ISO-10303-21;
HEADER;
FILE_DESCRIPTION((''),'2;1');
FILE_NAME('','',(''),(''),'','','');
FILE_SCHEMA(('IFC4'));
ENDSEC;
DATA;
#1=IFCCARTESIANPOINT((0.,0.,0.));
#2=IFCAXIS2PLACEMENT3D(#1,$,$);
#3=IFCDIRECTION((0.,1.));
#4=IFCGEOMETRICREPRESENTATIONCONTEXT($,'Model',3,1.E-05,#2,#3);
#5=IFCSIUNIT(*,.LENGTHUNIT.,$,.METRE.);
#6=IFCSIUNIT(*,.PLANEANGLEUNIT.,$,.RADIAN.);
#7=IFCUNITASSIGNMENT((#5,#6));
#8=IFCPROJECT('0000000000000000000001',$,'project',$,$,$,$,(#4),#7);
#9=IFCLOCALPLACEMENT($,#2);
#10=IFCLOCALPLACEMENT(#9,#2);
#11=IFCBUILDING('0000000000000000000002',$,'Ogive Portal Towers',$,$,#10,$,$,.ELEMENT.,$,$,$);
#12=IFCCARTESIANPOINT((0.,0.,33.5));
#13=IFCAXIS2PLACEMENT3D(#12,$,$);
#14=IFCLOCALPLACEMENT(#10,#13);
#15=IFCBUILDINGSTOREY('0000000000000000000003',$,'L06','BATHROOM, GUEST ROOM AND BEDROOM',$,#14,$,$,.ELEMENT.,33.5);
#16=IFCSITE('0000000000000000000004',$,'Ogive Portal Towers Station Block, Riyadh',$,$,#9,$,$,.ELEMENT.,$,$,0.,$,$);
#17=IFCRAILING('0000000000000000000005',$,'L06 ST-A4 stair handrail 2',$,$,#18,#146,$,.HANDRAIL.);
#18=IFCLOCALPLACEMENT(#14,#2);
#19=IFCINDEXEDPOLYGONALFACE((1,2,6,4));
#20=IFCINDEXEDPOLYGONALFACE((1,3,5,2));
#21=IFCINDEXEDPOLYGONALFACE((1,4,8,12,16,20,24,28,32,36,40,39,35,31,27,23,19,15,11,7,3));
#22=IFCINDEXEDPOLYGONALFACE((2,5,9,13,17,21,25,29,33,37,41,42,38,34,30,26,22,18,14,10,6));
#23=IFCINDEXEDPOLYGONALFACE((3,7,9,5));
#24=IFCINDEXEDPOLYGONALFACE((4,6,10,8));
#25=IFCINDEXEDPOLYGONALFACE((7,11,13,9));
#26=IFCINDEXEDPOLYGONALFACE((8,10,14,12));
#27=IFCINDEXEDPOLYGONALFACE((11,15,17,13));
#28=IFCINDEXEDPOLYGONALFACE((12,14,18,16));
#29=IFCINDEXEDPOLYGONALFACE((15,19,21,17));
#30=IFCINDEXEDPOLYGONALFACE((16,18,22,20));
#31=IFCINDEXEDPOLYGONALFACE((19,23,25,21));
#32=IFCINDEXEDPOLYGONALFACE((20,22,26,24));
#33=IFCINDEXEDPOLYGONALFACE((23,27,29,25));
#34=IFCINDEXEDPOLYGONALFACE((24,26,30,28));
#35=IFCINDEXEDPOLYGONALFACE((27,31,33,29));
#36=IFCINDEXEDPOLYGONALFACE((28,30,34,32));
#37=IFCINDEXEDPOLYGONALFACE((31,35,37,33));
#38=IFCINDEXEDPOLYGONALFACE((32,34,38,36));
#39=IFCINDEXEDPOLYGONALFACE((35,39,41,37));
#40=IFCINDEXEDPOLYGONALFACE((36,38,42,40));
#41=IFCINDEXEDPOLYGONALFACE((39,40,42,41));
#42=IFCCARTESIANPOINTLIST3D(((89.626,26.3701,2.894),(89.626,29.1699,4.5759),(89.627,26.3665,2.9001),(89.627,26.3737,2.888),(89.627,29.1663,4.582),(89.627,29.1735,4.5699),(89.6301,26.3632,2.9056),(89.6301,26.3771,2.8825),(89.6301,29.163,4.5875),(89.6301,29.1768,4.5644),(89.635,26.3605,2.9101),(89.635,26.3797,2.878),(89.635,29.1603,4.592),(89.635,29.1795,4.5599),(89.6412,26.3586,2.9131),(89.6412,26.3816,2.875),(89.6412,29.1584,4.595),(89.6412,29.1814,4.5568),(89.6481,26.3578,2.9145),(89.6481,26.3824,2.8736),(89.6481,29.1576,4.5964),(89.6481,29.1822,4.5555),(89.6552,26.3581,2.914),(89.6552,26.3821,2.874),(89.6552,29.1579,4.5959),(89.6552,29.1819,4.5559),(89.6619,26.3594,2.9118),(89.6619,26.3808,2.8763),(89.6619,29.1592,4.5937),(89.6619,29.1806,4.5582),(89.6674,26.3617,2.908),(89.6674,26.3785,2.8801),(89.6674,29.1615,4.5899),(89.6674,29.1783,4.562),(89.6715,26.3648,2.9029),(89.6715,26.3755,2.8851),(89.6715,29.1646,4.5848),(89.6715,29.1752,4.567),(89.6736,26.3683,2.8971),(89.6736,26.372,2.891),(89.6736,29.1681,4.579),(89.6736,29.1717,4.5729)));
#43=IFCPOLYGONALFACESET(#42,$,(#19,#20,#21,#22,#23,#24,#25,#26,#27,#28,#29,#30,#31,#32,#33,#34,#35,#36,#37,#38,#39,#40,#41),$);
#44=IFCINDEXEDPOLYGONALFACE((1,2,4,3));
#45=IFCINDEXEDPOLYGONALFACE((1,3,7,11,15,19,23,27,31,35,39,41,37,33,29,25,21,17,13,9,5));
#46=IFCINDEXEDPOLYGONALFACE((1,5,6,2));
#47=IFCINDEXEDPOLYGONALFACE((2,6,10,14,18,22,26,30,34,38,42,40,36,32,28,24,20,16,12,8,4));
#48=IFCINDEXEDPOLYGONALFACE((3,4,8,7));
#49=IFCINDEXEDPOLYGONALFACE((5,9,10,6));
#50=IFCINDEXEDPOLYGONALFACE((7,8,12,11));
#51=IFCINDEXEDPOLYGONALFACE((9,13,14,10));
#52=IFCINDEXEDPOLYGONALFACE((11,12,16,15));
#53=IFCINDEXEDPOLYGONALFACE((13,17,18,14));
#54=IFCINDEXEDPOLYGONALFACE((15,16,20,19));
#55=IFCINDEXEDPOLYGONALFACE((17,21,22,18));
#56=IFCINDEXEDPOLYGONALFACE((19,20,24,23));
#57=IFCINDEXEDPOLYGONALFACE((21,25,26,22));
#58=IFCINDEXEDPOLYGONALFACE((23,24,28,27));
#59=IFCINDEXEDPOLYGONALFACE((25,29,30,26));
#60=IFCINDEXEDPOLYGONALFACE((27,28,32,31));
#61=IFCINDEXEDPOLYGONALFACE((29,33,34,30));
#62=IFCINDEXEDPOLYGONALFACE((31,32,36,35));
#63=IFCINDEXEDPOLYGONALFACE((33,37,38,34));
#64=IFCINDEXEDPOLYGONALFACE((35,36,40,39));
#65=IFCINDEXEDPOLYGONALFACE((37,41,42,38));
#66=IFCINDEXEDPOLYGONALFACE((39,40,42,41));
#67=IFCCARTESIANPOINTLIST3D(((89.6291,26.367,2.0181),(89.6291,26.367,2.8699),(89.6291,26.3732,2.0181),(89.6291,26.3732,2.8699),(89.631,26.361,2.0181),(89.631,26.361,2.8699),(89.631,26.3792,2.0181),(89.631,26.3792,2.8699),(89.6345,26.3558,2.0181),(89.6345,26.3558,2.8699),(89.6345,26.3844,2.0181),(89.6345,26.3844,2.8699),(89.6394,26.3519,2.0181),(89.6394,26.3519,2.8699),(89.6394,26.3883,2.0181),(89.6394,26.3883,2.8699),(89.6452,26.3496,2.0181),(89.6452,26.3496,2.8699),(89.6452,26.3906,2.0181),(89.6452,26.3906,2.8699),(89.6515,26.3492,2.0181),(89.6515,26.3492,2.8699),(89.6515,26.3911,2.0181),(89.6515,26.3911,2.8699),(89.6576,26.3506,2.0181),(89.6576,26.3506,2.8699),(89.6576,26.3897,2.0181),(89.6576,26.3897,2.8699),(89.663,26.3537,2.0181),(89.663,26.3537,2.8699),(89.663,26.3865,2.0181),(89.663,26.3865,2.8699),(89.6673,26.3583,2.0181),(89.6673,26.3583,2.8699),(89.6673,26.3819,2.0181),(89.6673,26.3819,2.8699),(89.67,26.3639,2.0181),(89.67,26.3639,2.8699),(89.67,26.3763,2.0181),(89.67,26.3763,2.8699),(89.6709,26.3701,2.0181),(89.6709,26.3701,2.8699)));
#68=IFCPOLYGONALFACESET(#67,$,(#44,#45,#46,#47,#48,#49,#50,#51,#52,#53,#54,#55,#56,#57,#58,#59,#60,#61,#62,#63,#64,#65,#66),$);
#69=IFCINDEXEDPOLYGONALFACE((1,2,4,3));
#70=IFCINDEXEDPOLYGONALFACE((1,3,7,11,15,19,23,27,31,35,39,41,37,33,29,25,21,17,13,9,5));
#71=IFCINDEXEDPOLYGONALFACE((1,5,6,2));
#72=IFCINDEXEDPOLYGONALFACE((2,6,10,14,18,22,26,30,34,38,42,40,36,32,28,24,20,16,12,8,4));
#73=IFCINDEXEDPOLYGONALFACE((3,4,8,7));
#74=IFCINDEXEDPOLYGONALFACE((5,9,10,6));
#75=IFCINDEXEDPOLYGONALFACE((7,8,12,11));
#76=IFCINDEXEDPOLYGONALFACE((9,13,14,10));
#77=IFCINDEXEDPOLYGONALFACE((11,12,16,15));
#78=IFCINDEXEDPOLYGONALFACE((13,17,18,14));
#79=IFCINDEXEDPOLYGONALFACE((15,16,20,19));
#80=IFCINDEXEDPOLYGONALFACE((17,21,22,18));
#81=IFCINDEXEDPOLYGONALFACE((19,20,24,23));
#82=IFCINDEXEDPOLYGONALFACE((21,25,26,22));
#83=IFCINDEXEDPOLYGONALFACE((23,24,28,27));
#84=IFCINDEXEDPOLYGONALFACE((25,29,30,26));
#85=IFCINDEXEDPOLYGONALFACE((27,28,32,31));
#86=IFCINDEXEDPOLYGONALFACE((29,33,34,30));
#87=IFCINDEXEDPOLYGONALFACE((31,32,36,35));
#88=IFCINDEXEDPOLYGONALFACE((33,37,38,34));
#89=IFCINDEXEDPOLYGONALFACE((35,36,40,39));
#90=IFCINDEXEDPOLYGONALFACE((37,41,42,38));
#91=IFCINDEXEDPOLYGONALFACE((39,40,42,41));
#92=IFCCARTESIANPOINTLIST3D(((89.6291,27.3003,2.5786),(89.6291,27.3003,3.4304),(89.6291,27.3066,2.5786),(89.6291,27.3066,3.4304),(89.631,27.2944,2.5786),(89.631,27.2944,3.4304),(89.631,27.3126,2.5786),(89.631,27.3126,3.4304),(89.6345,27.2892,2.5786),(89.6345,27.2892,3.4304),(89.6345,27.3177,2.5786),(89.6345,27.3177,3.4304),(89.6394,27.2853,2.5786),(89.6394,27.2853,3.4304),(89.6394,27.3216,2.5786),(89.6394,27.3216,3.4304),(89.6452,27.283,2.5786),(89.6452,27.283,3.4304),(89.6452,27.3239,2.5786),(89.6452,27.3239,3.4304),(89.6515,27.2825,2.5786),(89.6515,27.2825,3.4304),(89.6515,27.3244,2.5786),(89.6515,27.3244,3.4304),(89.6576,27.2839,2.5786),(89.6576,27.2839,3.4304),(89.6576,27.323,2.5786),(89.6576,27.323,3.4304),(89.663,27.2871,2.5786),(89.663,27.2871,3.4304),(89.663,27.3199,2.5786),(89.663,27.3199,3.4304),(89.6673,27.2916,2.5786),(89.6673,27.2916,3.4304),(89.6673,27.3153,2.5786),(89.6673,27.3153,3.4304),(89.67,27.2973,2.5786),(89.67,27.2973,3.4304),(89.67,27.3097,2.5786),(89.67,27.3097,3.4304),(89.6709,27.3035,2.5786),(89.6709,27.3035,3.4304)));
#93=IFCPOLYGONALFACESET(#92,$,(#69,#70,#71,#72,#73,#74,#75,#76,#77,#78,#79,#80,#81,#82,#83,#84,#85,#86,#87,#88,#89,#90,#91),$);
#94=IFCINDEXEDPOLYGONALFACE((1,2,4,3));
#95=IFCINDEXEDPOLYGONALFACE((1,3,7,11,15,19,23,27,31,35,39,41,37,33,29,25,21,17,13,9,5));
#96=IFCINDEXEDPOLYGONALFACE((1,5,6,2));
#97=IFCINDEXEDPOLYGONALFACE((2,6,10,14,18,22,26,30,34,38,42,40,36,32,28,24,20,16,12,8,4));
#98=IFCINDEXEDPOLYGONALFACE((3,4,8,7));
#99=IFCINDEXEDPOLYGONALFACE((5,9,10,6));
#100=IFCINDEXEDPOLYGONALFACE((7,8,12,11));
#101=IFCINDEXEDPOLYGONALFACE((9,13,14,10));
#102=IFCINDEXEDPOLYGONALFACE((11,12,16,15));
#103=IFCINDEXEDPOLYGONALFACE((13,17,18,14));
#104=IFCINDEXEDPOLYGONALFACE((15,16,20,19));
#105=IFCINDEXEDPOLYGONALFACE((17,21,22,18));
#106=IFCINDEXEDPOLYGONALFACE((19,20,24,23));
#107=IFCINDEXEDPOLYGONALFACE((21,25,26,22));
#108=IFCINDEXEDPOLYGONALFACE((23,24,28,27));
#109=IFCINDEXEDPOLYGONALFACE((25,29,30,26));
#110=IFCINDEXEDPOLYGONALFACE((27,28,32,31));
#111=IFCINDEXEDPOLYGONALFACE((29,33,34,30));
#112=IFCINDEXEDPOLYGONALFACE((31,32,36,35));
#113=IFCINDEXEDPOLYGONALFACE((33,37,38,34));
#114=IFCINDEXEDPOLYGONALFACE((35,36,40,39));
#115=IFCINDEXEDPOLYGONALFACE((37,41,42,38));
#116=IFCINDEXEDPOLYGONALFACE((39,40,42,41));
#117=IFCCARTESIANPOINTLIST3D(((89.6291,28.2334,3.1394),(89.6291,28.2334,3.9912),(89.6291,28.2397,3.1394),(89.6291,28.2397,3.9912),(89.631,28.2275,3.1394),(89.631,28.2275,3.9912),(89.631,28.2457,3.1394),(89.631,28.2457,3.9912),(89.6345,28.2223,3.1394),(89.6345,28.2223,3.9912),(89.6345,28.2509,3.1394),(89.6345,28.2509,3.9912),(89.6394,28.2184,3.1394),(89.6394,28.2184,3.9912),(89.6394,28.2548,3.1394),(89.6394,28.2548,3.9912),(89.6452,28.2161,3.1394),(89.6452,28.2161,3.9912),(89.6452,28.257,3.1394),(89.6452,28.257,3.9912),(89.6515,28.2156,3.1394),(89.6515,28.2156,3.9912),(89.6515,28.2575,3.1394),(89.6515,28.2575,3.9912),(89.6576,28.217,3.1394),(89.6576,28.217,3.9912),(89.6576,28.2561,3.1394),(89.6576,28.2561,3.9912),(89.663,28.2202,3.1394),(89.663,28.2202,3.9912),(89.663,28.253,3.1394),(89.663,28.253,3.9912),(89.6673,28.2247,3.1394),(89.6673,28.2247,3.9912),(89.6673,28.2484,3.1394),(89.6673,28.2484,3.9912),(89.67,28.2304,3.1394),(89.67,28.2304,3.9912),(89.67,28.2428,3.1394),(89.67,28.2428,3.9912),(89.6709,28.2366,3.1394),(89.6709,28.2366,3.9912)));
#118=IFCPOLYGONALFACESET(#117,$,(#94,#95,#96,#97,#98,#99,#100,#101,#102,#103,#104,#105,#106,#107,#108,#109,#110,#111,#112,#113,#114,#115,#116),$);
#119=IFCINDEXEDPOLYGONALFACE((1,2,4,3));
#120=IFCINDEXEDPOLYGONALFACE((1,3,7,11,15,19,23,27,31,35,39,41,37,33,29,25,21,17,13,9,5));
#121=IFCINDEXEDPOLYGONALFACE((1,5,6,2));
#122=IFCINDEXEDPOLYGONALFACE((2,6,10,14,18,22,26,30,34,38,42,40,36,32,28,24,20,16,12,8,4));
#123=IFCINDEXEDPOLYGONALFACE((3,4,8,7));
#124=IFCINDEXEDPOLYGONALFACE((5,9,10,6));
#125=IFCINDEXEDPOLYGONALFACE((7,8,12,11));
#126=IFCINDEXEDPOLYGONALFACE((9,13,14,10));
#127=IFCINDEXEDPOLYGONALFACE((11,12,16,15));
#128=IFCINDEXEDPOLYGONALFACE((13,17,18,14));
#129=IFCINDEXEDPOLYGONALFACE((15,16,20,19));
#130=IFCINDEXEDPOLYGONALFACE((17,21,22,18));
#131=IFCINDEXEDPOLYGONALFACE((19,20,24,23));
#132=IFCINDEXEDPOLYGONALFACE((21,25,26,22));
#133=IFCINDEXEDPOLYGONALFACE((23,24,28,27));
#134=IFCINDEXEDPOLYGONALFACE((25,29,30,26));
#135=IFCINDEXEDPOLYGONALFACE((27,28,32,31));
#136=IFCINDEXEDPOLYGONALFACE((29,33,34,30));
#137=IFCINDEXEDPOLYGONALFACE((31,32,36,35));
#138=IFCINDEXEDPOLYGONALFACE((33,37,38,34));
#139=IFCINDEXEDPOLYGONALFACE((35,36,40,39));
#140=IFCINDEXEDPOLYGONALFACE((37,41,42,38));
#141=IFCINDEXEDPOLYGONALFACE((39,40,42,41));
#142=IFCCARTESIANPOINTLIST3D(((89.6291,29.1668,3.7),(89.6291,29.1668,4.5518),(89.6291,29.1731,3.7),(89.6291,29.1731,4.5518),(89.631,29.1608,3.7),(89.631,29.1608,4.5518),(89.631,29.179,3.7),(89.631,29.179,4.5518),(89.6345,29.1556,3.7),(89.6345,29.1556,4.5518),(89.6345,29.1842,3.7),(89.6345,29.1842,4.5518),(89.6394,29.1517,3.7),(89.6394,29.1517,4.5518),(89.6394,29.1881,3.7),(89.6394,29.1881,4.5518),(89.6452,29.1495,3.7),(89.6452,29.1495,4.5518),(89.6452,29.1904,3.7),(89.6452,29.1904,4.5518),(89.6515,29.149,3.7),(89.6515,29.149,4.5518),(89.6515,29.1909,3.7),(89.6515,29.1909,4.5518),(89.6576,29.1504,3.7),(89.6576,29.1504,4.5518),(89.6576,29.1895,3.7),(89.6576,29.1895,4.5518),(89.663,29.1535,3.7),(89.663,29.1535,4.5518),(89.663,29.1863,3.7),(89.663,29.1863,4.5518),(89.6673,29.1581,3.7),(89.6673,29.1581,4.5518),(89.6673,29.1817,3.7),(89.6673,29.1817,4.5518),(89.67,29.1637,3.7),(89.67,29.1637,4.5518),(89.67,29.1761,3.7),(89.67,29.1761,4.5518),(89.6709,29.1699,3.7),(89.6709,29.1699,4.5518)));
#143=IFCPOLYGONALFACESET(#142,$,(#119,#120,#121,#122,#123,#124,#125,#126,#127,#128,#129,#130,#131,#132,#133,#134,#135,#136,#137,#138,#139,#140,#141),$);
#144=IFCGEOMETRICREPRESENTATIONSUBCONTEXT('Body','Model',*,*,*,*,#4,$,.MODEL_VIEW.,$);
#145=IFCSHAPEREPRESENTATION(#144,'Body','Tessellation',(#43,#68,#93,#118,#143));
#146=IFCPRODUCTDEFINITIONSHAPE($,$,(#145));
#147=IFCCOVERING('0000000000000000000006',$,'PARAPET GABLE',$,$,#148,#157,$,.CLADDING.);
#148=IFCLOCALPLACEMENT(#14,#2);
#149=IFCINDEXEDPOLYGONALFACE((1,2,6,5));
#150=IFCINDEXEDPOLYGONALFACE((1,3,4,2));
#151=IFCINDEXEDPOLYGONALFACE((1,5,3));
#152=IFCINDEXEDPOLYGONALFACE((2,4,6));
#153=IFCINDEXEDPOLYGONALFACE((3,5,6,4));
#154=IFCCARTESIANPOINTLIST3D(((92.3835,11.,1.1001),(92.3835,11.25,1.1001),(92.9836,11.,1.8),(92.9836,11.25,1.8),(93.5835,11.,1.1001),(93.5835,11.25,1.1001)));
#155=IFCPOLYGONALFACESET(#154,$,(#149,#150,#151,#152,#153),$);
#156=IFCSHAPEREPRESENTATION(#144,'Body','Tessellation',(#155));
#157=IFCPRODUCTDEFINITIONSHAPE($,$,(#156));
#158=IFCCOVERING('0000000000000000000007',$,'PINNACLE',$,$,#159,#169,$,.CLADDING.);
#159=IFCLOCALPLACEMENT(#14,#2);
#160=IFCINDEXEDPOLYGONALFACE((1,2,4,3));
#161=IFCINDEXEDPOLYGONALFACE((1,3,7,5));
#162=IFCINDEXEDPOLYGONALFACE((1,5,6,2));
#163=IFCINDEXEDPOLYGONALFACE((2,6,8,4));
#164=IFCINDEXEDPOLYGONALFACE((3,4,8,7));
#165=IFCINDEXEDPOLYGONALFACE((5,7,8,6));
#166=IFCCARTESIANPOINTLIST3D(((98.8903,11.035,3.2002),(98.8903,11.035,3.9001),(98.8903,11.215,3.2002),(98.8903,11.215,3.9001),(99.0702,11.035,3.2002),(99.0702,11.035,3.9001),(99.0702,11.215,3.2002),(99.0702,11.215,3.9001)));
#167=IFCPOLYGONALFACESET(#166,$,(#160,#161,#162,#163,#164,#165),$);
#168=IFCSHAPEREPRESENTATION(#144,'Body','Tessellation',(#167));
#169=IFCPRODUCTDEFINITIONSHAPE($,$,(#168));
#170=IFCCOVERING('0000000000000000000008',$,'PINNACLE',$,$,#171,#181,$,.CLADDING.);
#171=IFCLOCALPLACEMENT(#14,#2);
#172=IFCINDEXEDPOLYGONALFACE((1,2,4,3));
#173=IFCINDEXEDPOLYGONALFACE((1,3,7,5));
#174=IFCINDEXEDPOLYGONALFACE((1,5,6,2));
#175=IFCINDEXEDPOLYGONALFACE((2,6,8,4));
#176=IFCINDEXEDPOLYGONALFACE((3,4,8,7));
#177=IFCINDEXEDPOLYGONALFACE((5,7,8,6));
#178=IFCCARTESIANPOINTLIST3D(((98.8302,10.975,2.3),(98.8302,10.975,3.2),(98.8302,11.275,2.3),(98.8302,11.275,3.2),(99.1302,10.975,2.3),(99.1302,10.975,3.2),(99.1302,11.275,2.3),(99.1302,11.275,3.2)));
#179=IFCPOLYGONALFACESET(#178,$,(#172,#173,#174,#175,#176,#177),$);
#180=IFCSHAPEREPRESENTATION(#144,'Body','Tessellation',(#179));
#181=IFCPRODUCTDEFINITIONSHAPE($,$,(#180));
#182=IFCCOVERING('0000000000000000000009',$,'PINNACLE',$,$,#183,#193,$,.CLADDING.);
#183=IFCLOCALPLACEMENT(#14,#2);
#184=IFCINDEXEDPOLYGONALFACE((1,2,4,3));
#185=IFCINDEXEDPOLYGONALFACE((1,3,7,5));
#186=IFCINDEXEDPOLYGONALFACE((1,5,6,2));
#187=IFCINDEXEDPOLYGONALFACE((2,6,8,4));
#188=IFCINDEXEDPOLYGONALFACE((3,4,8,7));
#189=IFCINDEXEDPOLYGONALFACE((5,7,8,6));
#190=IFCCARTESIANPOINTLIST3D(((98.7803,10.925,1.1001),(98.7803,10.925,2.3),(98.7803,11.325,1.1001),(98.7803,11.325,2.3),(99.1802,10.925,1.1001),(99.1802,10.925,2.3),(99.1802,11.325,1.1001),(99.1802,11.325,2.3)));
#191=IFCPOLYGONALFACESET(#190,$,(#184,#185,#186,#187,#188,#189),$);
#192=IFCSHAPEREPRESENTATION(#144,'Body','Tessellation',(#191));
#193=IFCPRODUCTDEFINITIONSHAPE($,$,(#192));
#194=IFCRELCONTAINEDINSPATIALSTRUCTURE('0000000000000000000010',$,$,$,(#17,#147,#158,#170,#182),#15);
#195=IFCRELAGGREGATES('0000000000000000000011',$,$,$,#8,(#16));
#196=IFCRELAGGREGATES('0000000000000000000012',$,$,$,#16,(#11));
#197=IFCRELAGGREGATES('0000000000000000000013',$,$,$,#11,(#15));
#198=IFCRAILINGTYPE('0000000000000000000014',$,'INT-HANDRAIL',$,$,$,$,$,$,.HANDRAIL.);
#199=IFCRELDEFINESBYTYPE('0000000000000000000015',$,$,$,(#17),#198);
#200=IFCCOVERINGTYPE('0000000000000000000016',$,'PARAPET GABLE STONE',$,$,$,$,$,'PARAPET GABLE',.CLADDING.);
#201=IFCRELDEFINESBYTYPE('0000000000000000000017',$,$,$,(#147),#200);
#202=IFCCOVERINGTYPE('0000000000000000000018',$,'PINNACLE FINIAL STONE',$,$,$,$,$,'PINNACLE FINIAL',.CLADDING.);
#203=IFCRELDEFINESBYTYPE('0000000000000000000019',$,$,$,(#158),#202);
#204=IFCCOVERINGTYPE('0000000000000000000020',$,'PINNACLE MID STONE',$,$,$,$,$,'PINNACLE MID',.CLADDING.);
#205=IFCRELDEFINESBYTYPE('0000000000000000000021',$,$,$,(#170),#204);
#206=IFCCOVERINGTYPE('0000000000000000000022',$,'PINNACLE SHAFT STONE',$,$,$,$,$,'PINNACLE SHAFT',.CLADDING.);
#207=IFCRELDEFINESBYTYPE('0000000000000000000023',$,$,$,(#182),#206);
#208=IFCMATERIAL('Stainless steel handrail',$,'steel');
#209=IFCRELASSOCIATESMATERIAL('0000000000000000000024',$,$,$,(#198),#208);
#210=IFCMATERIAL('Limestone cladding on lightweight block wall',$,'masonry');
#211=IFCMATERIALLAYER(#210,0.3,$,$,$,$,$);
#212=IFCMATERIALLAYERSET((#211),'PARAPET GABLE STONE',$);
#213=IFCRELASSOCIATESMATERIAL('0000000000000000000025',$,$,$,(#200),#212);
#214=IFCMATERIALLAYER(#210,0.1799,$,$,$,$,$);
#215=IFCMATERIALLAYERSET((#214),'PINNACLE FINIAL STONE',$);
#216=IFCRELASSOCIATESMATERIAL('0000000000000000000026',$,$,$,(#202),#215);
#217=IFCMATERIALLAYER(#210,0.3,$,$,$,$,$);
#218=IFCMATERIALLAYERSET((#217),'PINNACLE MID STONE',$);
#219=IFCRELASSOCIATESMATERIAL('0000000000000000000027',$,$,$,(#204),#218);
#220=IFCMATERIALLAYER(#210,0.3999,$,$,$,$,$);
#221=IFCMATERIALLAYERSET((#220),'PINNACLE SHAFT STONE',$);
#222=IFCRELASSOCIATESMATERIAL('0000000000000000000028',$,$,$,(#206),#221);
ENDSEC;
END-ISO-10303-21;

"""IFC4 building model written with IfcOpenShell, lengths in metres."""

from ifc_helpers import new_model, si_unit, direction, frame, origin, origin_2d, place, context, subcontext, project, spatial, polyline, rectangle, circle, outline, extrude, material, layer, layer_set, type_object, element, save


model = new_model("IFC4")

# Units and contexts
model_context = context("Model", 3, precision=1e-05, world=origin(), true_north=direction((0.0, 1.0)))
body_context = subcontext(model_context, "Body", "Model", "MODEL_VIEW")
ifc_project = project(units=[si_unit("LENGTHUNIT", "METRE"), si_unit("PLANEANGLEUNIT", "RADIAN")], contexts=[model_context])

# Site, building, storey
site_placement = place(None, origin())
site = spatial("IfcSite", under=ifc_project, at=site_placement, Name="Ogive Portal Towers Station Block, Riyadh", CompositionType="ELEMENT", RefElevation=0.0)
building_placement = place(site_placement, origin())
building = spatial("IfcBuilding", under=site, at=building_placement, Name="Ogive Portal Towers", CompositionType="ELEMENT")
storey_placement = place(building_placement, frame((0.0, 0.0, 33.5)))
storey = spatial("IfcBuildingStorey", under=building, at=storey_placement, Name="L06", Description="BATHROOM, GUEST ROOM AND BEDROOM", CompositionType="ELEMENT", Elevation=33.5)

# Shared definitions
ifc_material_1 = material(Name="Limestone cladding on lightweight block wall", Category="masonry")

# Railing
ifc_material_2 = material(Name="Stainless steel handrail", Category="steel")
railing_type_1 = type_object("IfcRailingType", Name="INT-HANDRAIL", PredefinedType="HANDRAIL", material=ifc_material_2)
railing_1_placement = place(storey_placement, frame((89.6499, 26.3701, 2.0181)))
element("IfcRailing", 1, at=railing_1_placement, inside=storey, type_object=railing_type_1, Name="L06 ST-A4 stair handrail 2", PredefinedType="HANDRAIL", context=body_context, shape_type="SweptSolid", body=[
    extrude(circle(Radius=0.0239, at=origin_2d()), frame((0.0, 0.0, 0.876), z_axis=(0.0, 0.857222, 0.514946), x_axis=(-1.0, 0.0, 0.0)), (0.0, 0.0, 1.0), 3.2661),
    extrude(circle(Radius=0.021, at=origin_2d()), origin(), (0.0, 0.0, 1.0), 0.8518),
    extrude(circle(Radius=0.021, at=origin_2d()), frame((0.0, 0.9333, 0.5605)), (0.0, 0.0, 1.0), 0.8518),
    extrude(circle(Radius=0.021, at=origin_2d()), frame((0.0, 1.8665, 1.1213)), (0.0, 0.0, 1.0), 0.8518),
    extrude(circle(Radius=0.021, at=origin_2d()), frame((0.0, 2.7998, 1.6819)), (0.0, 0.0, 1.0), 0.8518),
])

# Coverings
ifc_layer_1 = layer(ifc_material_1, 0.3)
ifc_layer_set_1 = layer_set([ifc_layer_1], Name="PARAPET GABLE STONE")
covering_type_1 = type_object("IfcCoveringType", Name="PARAPET GABLE STONE", ElementType="PARAPET GABLE", PredefinedType="CLADDING", material=ifc_layer_set_1)
covering_1_placement = place(storey_placement, frame((92.3835, 11.0, 1.1001), z_axis=(0.0, -1.0, 0.0), x_axis=(1.0, 0.0, 0.0)))
element("IfcCovering", 2, at=covering_1_placement, inside=storey, type_object=covering_type_1, Name="PARAPET GABLE", PredefinedType="CLADDING", context=body_context, shape_type="SweptSolid", body=[
    extrude(outline(polyline([(0.0, 0.0), (1.2, 0.0), (0.6001, 0.7), (0.0, 0.0)])), origin(), (0.0, 0.0, -1.0), 0.25),
])
ifc_layer_2 = layer(ifc_material_1, 0.1799)
ifc_layer_set_2 = layer_set([ifc_layer_2], Name="PINNACLE FINIAL STONE")
covering_type_2 = type_object("IfcCoveringType", Name="PINNACLE FINIAL STONE", ElementType="PINNACLE FINIAL", PredefinedType="CLADDING", material=ifc_layer_set_2)
covering_2_placement = place(storey_placement, frame((98.9802, 11.125, 3.2002), z_axis=(0.0, 0.0, 1.0), x_axis=(1.0, 0.0, 0.0)))
element("IfcCovering", 3, at=covering_2_placement, inside=storey, type_object=covering_type_2, Name="PINNACLE", PredefinedType="CLADDING", context=body_context, shape_type="SweptSolid", body=[
    extrude(rectangle(XDim=0.1799, YDim=0.1799, at=origin_2d()), origin(), (0.0, 0.0, 1.0), 0.7),
])
ifc_layer_3 = layer(ifc_material_1, 0.3)
ifc_layer_set_3 = layer_set([ifc_layer_3], Name="PINNACLE MID STONE")
covering_type_3 = type_object("IfcCoveringType", Name="PINNACLE MID STONE", ElementType="PINNACLE MID", PredefinedType="CLADDING", material=ifc_layer_set_3)
covering_3_placement = place(storey_placement, frame((98.9802, 11.125, 2.3), z_axis=(0.0, 0.0, 1.0), x_axis=(1.0, 0.0, 0.0)))
element("IfcCovering", 4, at=covering_3_placement, inside=storey, type_object=covering_type_3, Name="PINNACLE", PredefinedType="CLADDING", context=body_context, shape_type="SweptSolid", body=[
    extrude(rectangle(XDim=0.3, YDim=0.3, at=origin_2d()), origin(), (0.0, 0.0, 1.0), 0.8999),
])
ifc_layer_4 = layer(ifc_material_1, 0.3999)
ifc_layer_set_4 = layer_set([ifc_layer_4], Name="PINNACLE SHAFT STONE")
covering_type_4 = type_object("IfcCoveringType", Name="PINNACLE SHAFT STONE", ElementType="PINNACLE SHAFT", PredefinedType="CLADDING", material=ifc_layer_set_4)
covering_4_placement = place(storey_placement, frame((98.9802, 11.125, 1.1001), z_axis=(0.0, 0.0, 1.0), x_axis=(1.0, 0.0, 0.0)))
element("IfcCovering", 5, at=covering_4_placement, inside=storey, type_object=covering_type_4, Name="PINNACLE", PredefinedType="CLADDING", context=body_context, shape_type="SweptSolid", body=[
    extrude(rectangle(XDim=0.3999, YDim=0.3999, at=origin_2d()), origin(), (0.0, 0.0, 1.0), 1.2),
])

save(model, "model.ifc")
